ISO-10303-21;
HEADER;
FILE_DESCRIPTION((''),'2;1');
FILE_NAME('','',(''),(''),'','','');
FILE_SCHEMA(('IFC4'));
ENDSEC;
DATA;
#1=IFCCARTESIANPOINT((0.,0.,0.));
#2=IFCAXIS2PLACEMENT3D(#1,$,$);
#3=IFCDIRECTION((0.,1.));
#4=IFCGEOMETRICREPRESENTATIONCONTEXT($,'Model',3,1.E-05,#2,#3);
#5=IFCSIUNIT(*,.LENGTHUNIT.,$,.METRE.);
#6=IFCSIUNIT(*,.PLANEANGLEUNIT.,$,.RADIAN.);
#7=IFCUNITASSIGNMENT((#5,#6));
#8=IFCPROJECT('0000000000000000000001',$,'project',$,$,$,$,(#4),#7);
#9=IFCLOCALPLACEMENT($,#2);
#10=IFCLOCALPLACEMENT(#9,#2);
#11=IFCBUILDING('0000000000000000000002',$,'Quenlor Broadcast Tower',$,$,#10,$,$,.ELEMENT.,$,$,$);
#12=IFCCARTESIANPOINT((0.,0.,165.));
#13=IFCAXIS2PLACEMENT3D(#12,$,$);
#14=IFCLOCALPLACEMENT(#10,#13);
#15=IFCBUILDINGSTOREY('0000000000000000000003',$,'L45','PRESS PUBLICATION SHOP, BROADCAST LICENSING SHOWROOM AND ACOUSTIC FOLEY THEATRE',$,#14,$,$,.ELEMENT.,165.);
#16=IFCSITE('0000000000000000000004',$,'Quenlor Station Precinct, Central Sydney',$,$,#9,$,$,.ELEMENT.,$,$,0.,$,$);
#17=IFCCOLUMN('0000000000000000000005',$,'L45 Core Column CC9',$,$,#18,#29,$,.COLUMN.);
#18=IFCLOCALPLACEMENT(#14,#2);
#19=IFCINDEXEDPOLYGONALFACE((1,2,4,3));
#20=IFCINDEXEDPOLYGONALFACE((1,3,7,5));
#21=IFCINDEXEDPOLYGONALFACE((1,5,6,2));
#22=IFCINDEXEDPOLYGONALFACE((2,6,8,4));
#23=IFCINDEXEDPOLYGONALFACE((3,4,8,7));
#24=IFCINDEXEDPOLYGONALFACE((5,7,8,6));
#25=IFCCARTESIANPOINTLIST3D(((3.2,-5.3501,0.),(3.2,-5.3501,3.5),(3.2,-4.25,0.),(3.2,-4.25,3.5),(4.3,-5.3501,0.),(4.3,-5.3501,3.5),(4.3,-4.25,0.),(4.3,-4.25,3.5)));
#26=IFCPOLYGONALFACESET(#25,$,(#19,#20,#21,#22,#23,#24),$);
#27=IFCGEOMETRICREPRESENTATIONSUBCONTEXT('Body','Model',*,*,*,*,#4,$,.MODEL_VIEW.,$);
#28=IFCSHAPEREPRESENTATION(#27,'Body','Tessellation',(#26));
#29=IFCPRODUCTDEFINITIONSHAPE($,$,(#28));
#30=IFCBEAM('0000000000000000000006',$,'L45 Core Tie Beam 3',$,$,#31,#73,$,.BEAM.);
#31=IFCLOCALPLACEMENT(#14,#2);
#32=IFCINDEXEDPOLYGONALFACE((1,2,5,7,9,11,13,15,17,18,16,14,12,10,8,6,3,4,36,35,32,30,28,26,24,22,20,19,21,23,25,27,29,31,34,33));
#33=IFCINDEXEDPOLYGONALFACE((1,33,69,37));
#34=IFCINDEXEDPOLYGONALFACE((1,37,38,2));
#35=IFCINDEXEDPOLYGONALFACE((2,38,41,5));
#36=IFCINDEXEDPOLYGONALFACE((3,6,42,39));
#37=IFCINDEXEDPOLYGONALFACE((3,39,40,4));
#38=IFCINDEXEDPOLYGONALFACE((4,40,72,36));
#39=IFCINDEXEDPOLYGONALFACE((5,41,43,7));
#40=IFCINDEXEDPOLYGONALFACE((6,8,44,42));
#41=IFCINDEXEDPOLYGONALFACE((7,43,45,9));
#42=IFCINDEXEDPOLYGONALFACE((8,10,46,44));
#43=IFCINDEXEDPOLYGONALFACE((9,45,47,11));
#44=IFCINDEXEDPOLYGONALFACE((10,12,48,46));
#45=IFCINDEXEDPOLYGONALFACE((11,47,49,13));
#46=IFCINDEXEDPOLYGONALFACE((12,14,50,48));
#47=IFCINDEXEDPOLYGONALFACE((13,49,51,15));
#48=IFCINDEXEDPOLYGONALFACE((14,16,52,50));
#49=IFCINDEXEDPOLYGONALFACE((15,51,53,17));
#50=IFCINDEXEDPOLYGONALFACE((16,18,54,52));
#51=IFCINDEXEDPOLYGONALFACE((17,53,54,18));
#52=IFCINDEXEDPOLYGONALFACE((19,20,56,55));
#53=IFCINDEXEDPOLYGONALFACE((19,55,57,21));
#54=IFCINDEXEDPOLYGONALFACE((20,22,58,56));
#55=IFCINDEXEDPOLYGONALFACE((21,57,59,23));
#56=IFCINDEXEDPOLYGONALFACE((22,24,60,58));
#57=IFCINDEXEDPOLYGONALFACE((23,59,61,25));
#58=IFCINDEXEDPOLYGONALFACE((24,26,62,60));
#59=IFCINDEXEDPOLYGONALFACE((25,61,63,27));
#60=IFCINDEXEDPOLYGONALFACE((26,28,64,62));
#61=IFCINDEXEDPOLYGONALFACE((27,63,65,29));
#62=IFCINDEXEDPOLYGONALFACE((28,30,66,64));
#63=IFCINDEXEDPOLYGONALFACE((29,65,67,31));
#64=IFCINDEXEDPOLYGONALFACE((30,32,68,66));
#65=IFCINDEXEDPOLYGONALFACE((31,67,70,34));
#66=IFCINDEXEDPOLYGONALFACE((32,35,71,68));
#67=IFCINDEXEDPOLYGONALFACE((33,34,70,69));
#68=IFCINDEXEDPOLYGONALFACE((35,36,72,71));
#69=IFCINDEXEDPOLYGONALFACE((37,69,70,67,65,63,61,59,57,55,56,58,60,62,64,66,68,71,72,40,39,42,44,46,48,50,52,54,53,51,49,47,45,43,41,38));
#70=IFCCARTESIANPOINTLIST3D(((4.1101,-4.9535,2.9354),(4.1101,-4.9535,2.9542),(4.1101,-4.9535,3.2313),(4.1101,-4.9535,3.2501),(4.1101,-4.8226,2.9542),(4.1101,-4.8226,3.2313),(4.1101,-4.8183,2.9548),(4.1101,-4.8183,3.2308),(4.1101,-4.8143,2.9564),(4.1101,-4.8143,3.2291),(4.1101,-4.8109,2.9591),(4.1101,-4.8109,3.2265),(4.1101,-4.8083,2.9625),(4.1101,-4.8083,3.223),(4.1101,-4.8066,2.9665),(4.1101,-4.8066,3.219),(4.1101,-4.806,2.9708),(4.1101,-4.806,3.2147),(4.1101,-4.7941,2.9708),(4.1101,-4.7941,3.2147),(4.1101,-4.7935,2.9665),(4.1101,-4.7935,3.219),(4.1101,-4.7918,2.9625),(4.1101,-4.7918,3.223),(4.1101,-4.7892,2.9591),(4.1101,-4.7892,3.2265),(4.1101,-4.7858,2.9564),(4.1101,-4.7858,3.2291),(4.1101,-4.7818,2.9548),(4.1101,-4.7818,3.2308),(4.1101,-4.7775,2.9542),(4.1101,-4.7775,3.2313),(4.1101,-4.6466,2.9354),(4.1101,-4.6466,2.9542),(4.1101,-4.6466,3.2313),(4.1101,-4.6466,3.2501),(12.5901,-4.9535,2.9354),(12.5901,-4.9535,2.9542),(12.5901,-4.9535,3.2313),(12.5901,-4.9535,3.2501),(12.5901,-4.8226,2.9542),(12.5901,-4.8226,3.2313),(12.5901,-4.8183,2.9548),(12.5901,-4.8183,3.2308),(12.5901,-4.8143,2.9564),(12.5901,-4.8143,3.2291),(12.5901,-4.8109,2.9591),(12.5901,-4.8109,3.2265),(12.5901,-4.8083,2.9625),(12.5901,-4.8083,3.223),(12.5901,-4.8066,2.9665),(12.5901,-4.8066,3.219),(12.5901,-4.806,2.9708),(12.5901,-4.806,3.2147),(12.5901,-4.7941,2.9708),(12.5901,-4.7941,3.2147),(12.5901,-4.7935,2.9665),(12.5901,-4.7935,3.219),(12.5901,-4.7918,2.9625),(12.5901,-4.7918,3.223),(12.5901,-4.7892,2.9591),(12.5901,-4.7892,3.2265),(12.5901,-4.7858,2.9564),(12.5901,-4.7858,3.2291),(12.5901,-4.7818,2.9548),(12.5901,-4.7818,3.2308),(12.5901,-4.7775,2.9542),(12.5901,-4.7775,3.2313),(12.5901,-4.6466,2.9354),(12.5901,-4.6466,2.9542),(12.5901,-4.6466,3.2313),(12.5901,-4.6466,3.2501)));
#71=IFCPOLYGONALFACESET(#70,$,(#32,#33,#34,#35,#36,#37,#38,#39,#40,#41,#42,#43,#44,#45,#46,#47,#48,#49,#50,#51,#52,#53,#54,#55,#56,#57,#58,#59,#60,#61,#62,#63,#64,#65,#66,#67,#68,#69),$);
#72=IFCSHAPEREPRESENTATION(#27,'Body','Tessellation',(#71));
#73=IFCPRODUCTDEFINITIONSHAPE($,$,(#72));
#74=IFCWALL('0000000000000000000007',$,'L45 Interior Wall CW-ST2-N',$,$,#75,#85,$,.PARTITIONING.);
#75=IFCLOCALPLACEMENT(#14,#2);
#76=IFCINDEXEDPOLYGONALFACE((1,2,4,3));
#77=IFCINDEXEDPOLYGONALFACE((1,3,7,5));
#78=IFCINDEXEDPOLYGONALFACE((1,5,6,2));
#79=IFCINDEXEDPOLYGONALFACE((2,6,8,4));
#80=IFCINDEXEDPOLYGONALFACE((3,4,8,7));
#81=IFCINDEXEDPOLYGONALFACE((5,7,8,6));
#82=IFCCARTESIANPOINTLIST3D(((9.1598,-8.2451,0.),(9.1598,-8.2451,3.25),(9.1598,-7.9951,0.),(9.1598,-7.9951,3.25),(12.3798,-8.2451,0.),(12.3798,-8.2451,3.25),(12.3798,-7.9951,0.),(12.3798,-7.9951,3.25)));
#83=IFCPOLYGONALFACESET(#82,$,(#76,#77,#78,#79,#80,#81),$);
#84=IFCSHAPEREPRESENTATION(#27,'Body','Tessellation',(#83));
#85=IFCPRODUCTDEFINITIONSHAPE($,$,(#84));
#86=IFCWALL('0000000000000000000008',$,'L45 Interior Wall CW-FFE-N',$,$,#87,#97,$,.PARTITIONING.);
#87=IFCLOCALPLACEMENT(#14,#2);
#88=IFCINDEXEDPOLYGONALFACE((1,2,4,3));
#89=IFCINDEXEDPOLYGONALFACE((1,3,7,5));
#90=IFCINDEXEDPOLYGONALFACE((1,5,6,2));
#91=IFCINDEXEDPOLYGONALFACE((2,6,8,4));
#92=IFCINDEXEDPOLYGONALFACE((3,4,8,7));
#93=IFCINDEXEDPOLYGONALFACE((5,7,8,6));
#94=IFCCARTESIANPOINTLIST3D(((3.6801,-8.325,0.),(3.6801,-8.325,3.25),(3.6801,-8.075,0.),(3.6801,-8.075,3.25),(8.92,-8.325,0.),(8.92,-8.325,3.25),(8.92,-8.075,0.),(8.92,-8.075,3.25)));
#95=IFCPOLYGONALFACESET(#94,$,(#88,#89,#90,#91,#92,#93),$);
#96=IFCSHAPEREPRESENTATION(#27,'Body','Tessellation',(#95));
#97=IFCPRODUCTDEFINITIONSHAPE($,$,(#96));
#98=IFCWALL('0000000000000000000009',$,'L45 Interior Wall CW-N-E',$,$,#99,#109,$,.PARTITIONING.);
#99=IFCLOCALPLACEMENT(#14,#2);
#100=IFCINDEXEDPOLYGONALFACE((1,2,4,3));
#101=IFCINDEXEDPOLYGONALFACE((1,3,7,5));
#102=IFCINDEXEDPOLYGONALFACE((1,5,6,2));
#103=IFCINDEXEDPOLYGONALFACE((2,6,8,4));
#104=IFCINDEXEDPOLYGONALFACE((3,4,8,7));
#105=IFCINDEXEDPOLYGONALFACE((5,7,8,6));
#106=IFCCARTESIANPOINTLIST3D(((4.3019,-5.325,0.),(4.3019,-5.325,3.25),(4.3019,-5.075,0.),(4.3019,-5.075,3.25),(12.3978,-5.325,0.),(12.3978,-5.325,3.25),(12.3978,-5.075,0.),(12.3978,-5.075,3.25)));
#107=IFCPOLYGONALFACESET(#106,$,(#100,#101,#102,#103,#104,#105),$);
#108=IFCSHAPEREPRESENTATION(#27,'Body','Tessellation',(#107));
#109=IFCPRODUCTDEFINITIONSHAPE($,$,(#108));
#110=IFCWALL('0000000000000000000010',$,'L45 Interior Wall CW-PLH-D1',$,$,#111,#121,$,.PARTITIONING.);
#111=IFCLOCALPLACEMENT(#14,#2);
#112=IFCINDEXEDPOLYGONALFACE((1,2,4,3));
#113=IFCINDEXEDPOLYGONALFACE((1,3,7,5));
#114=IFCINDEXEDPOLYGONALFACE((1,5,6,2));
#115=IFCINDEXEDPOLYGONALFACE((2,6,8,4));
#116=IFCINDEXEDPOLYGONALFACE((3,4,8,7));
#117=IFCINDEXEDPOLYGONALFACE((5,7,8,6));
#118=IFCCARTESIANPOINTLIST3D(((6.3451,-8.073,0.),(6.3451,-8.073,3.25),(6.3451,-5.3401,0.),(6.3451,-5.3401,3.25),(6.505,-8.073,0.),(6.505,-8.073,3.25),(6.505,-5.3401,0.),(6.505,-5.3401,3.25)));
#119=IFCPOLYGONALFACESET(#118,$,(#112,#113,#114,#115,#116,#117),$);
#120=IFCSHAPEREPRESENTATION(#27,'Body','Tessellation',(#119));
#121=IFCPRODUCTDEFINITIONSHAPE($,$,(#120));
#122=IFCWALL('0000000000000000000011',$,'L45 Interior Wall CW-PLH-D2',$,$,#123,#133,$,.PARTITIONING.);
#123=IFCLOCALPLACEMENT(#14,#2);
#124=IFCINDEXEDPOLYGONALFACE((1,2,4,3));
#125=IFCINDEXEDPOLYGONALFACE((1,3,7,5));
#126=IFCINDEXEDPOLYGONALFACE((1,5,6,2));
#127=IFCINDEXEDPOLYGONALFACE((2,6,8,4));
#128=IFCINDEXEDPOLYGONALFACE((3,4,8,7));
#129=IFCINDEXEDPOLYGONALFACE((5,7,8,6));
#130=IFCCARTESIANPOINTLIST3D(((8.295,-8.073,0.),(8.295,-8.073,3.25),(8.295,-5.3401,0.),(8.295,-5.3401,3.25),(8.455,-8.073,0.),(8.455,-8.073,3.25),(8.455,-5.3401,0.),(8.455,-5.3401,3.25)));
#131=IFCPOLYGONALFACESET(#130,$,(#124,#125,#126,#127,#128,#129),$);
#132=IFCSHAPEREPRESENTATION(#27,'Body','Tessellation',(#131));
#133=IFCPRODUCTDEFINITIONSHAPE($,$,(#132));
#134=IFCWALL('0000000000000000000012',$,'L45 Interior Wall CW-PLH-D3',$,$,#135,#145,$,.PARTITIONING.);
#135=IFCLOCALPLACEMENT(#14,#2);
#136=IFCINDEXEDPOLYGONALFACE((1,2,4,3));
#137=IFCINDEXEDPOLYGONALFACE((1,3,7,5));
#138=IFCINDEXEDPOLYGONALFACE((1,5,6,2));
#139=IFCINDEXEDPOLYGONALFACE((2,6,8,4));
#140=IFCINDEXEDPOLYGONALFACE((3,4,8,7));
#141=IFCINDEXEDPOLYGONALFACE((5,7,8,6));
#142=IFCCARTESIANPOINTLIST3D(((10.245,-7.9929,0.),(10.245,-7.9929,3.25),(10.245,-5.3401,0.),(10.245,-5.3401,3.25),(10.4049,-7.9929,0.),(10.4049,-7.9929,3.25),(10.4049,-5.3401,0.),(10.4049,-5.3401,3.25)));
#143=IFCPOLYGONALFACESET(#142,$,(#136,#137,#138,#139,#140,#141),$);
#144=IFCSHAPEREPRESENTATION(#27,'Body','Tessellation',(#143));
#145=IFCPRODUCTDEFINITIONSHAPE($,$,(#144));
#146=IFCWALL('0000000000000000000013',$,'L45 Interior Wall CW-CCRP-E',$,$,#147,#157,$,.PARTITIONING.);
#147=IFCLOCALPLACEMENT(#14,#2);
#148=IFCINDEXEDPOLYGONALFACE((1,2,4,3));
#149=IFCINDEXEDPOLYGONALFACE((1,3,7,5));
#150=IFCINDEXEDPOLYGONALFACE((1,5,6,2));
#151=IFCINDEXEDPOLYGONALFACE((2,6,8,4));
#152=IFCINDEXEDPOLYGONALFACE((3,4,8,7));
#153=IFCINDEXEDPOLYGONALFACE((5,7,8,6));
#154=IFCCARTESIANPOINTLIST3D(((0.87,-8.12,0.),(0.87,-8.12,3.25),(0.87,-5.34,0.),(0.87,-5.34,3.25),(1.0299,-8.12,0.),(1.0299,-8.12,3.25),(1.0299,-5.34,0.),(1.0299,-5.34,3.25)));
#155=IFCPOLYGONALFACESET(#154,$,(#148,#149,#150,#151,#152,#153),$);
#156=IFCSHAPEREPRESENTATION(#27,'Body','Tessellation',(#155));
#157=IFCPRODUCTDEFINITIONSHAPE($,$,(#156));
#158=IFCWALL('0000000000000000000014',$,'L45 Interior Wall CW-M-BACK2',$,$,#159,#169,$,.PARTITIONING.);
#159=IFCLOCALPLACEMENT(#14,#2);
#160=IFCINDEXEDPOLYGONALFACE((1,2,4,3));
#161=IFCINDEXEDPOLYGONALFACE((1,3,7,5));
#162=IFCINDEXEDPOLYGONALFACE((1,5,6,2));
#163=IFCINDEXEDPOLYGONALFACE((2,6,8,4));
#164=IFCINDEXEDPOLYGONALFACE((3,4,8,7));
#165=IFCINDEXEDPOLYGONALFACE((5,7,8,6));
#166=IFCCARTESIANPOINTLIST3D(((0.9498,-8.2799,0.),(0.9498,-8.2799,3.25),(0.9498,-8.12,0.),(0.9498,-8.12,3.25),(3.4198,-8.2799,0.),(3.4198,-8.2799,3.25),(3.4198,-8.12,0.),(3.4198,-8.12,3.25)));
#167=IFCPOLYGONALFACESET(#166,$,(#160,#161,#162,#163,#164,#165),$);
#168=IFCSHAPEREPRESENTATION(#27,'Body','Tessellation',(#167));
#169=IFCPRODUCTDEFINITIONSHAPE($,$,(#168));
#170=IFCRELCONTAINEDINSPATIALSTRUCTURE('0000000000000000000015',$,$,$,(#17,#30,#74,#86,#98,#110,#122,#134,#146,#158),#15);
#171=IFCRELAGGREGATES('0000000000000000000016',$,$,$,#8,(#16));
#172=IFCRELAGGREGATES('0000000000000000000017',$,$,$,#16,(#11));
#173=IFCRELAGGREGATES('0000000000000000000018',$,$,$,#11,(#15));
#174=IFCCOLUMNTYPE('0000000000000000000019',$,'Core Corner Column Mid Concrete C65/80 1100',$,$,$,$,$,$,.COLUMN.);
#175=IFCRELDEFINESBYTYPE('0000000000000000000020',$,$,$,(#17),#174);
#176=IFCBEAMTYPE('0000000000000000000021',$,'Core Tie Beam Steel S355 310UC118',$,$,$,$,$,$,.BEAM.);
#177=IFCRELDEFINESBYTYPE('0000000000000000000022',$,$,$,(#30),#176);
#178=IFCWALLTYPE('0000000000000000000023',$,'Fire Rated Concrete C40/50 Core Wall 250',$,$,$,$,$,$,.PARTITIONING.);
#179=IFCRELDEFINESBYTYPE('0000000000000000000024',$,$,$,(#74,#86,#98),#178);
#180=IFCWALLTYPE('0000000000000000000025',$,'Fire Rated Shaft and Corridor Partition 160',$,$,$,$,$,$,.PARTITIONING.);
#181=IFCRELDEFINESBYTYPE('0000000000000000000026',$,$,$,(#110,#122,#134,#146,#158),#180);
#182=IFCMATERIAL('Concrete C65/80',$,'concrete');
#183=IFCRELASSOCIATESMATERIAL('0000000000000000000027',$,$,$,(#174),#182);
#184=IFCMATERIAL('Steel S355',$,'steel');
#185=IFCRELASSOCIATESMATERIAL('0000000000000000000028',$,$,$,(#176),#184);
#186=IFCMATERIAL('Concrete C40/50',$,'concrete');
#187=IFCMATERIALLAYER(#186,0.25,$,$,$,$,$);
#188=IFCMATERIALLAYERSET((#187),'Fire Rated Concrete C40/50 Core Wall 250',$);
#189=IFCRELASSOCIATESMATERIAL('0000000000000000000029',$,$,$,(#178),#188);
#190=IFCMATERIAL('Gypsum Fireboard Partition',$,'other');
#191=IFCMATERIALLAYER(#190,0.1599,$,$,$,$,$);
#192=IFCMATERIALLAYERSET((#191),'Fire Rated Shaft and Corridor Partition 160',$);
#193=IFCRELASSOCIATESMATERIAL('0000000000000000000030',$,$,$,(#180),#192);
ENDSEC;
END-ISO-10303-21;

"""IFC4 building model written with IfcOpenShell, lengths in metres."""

from ifc_helpers import new_model, si_unit, direction, frame, frame_2d, origin, origin_2d, place, context, subcontext, project, spatial, rectangle, i_section, extrude, material, layer, layer_set, material_profile, profile_set, type_object, element, save


model = new_model("IFC4")

# Units and contexts
model_context = context("Model", 3, precision=1e-05, world=origin(), true_north=direction((0.0, 1.0)))
body_context = subcontext(model_context, "Body", "Model", "MODEL_VIEW")
ifc_project = project(units=[si_unit("LENGTHUNIT", "METRE"), si_unit("PLANEANGLEUNIT", "RADIAN")], contexts=[model_context])

# Site, building, storey
site_placement = place(None, origin())
site = spatial("IfcSite", under=ifc_project, at=site_placement, Name="Quenlor Station Precinct, Central Sydney", CompositionType="ELEMENT", RefElevation=0.0)
building_placement = place(site_placement, origin())
building = spatial("IfcBuilding", under=site, at=building_placement, Name="Quenlor Broadcast Tower", CompositionType="ELEMENT")
storey_placement = place(building_placement, frame((0.0, 0.0, 165.0)))
storey = spatial("IfcBuildingStorey", under=building, at=storey_placement, Name="L45", Description="PRESS PUBLICATION SHOP, BROADCAST LICENSING SHOWROOM AND ACOUSTIC FOLEY THEATRE", CompositionType="ELEMENT", Elevation=165.0)

# Column
ifc_material_1 = material(Name="Concrete C65/80", Category="concrete")
ifc_material_profile_1 = material_profile(ifc_material_1, rectangle(XDim=1.1001, YDim=1.1001, at=origin_2d()))
ifc_profile_set_1 = profile_set([ifc_material_profile_1], Name="Concrete C65/80 RC1100x1100")
column_type = type_object("IfcColumnType", Name="Core Corner Column Mid Concrete C65/80 1100", PredefinedType="COLUMN", material=ifc_profile_set_1)
column_placement = place(storey_placement, frame((3.75, -4.8, 0.0), z_axis=(0.0, 0.0, 1.0), x_axis=(1.0, 0.0, 0.0)))
element("IfcColumn", 1, at=column_placement, inside=storey, type_object=column_type, Name="L45 Core Column CC9", PredefinedType="COLUMN", context=body_context, shape_type="SweptSolid", body=[
    extrude(rectangle(XDim=1.1001, YDim=1.1001, at=origin_2d()), origin(), (0.0, 0.0, 1.0), 3.5),
])

# Beam
ifc_material_2 = material(Name="Steel S355", Category="steel")
ifc_material_profile_2 = material_profile(ifc_material_2, i_section(OverallWidth=0.3069, OverallDepth=0.3147, WebThickness=0.012, FlangeThickness=0.0188, FilletRadius=0.0166, at=origin_2d()))
ifc_profile_set_2 = profile_set([ifc_material_profile_2], Name="Steel S355 310UC118")
beam_type = type_object("IfcBeamType", Name="Core Tie Beam Steel S355 310UC118", PredefinedType="BEAM", material=ifc_profile_set_2)
beam_placement = place(storey_placement, frame((4.1101, -4.8, 3.0928), z_axis=(1.0, 0.0, 0.0), x_axis=(0.0, 1.0, 0.0)))
element("IfcBeam", 2, at=beam_placement, inside=storey, type_object=beam_type, Name="L45 Core Tie Beam 3", PredefinedType="BEAM", context=body_context, shape_type="SweptSolid", body=[
    extrude(i_section(OverallWidth=0.3069, OverallDepth=0.3147, WebThickness=0.012, FlangeThickness=0.0188, FilletRadius=0.0166, at=origin_2d()), origin(), (0.0, 0.0, 1.0), 8.48),
])

# Shared definitions
ifc_material_3 = material(Name="Concrete C40/50", Category="concrete")
ifc_layer_1 = layer(ifc_material_3, 0.25)
ifc_layer_set_1 = layer_set([ifc_layer_1], Name="Fire Rated Concrete C40/50 Core Wall 250")
wall_type_1 = type_object("IfcWallType", Name="Fire Rated Concrete C40/50 Core Wall 250", PredefinedType="PARTITIONING", material=ifc_layer_set_1)

# Walls
wall_1_placement = place(storey_placement, frame((9.1599, -8.1201, 0.0), z_axis=(0.0, 0.0, 1.0), x_axis=(1.0, 0.0, 0.0)))
element("IfcWall", 3, at=wall_1_placement, inside=storey, type_object=wall_type_1, Name="L45 Interior Wall CW-ST2-N", PredefinedType="PARTITIONING", context=body_context, shape_type="SweptSolid", body=[
    extrude(rectangle(XDim=3.22, YDim=0.25, at=frame_2d((1.6099, 0.0))), origin(), (0.0, 0.0, 1.0), 3.25),
])
wall_2_placement = place(storey_placement, frame((3.6799, -8.2, 0.0), z_axis=(0.0, 0.0, 1.0), x_axis=(1.0, 0.0, 0.0)))
element("IfcWall", 4, at=wall_2_placement, inside=storey, type_object=wall_type_1, Name="L45 Interior Wall CW-FFE-N", PredefinedType="PARTITIONING", context=body_context, shape_type="SweptSolid", body=[
    extrude(rectangle(XDim=5.24, YDim=0.25, at=frame_2d((2.6201, 0.0))), origin(), (0.0, 0.0, 1.0), 3.25),
])
wall_3_placement = place(storey_placement, frame((4.302, -5.2, 0.0), z_axis=(0.0, 0.0, 1.0), x_axis=(1.0, 0.0, 0.0)))
element("IfcWall", 5, at=wall_3_placement, inside=storey, type_object=wall_type_1, Name="L45 Interior Wall CW-N-E", PredefinedType="PARTITIONING", context=body_context, shape_type="SweptSolid", body=[
    extrude(rectangle(XDim=8.0959, YDim=0.25, at=frame_2d((4.0479, 0.0))), origin(), (0.0, 0.0, 1.0), 3.25),
])

# Walls
ifc_material_4 = material(Name="Gypsum Fireboard Partition", Category="other")
ifc_layer_2 = layer(ifc_material_4, 0.1599)
ifc_layer_set_2 = layer_set([ifc_layer_2], Name="Fire Rated Shaft and Corridor Partition 160")
wall_type_2 = type_object("IfcWallType", Name="Fire Rated Shaft and Corridor Partition 160", PredefinedType="PARTITIONING", material=ifc_layer_set_2)
for number, where, z_axis, x_axis, name in (
    (6, (6.425, -8.073, 0.0), (0.0, 0.0, 1.0), (0.0, 1.0, 0.0), "L45 Interior Wall CW-PLH-D1"),
    (7, (8.375, -8.073, 0.0), (0.0, 0.0, 1.0), (0.0, 1.0, 0.0), "L45 Interior Wall CW-PLH-D2"),
):
    element("IfcWall", number, at=place(storey_placement, frame(where, z_axis=z_axis, x_axis=x_axis)), inside=storey, type_object=wall_type_2, Name=name, PredefinedType="PARTITIONING", context=body_context, shape_type="SweptSolid", body=[
        extrude(rectangle(XDim=2.7329, YDim=0.1599, at=frame_2d((1.3665, 0.0))), origin(), (0.0, 0.0, 1.0), 3.25),
    ])
wall_4_placement = place(storey_placement, frame((10.325, -7.9929, 0.0), z_axis=(0.0, 0.0, 1.0), x_axis=(0.0, 1.0, 0.0)))
element("IfcWall", 8, at=wall_4_placement, inside=storey, type_object=wall_type_2, Name="L45 Interior Wall CW-PLH-D3", PredefinedType="PARTITIONING", context=body_context, shape_type="SweptSolid", body=[
    extrude(rectangle(XDim=2.6528, YDim=0.1599, at=frame_2d((1.3264, 0.0))), origin(), (0.0, 0.0, 1.0), 3.25),
])
wall_5_placement = place(storey_placement, frame((0.95, -8.1201, 0.0), z_axis=(0.0, 0.0, 1.0), x_axis=(0.0, 1.0, 0.0)))
element("IfcWall", 9, at=wall_5_placement, inside=storey, type_object=wall_type_2, Name="L45 Interior Wall CW-CCRP-E", PredefinedType="PARTITIONING", context=body_context, shape_type="SweptSolid", body=[
    extrude(rectangle(XDim=2.78, YDim=0.1599, at=frame_2d((1.3901, 0.0))), origin(), (0.0, 0.0, 1.0), 3.25),
])
wall_6_placement = place(storey_placement, frame((0.95, -8.2, 0.0), z_axis=(0.0, 0.0, 1.0), x_axis=(1.0, 0.0, 0.0)))
element("IfcWall", 10, at=wall_6_placement, inside=storey, type_object=wall_type_2, Name="L45 Interior Wall CW-M-BACK2", PredefinedType="PARTITIONING", context=body_context, shape_type="SweptSolid", body=[
    extrude(rectangle(XDim=2.47, YDim=0.1599, at=frame_2d((1.2349, 0.0))), origin(), (0.0, 0.0, 1.0), 3.25),
])

save(model, "model.ifc")
